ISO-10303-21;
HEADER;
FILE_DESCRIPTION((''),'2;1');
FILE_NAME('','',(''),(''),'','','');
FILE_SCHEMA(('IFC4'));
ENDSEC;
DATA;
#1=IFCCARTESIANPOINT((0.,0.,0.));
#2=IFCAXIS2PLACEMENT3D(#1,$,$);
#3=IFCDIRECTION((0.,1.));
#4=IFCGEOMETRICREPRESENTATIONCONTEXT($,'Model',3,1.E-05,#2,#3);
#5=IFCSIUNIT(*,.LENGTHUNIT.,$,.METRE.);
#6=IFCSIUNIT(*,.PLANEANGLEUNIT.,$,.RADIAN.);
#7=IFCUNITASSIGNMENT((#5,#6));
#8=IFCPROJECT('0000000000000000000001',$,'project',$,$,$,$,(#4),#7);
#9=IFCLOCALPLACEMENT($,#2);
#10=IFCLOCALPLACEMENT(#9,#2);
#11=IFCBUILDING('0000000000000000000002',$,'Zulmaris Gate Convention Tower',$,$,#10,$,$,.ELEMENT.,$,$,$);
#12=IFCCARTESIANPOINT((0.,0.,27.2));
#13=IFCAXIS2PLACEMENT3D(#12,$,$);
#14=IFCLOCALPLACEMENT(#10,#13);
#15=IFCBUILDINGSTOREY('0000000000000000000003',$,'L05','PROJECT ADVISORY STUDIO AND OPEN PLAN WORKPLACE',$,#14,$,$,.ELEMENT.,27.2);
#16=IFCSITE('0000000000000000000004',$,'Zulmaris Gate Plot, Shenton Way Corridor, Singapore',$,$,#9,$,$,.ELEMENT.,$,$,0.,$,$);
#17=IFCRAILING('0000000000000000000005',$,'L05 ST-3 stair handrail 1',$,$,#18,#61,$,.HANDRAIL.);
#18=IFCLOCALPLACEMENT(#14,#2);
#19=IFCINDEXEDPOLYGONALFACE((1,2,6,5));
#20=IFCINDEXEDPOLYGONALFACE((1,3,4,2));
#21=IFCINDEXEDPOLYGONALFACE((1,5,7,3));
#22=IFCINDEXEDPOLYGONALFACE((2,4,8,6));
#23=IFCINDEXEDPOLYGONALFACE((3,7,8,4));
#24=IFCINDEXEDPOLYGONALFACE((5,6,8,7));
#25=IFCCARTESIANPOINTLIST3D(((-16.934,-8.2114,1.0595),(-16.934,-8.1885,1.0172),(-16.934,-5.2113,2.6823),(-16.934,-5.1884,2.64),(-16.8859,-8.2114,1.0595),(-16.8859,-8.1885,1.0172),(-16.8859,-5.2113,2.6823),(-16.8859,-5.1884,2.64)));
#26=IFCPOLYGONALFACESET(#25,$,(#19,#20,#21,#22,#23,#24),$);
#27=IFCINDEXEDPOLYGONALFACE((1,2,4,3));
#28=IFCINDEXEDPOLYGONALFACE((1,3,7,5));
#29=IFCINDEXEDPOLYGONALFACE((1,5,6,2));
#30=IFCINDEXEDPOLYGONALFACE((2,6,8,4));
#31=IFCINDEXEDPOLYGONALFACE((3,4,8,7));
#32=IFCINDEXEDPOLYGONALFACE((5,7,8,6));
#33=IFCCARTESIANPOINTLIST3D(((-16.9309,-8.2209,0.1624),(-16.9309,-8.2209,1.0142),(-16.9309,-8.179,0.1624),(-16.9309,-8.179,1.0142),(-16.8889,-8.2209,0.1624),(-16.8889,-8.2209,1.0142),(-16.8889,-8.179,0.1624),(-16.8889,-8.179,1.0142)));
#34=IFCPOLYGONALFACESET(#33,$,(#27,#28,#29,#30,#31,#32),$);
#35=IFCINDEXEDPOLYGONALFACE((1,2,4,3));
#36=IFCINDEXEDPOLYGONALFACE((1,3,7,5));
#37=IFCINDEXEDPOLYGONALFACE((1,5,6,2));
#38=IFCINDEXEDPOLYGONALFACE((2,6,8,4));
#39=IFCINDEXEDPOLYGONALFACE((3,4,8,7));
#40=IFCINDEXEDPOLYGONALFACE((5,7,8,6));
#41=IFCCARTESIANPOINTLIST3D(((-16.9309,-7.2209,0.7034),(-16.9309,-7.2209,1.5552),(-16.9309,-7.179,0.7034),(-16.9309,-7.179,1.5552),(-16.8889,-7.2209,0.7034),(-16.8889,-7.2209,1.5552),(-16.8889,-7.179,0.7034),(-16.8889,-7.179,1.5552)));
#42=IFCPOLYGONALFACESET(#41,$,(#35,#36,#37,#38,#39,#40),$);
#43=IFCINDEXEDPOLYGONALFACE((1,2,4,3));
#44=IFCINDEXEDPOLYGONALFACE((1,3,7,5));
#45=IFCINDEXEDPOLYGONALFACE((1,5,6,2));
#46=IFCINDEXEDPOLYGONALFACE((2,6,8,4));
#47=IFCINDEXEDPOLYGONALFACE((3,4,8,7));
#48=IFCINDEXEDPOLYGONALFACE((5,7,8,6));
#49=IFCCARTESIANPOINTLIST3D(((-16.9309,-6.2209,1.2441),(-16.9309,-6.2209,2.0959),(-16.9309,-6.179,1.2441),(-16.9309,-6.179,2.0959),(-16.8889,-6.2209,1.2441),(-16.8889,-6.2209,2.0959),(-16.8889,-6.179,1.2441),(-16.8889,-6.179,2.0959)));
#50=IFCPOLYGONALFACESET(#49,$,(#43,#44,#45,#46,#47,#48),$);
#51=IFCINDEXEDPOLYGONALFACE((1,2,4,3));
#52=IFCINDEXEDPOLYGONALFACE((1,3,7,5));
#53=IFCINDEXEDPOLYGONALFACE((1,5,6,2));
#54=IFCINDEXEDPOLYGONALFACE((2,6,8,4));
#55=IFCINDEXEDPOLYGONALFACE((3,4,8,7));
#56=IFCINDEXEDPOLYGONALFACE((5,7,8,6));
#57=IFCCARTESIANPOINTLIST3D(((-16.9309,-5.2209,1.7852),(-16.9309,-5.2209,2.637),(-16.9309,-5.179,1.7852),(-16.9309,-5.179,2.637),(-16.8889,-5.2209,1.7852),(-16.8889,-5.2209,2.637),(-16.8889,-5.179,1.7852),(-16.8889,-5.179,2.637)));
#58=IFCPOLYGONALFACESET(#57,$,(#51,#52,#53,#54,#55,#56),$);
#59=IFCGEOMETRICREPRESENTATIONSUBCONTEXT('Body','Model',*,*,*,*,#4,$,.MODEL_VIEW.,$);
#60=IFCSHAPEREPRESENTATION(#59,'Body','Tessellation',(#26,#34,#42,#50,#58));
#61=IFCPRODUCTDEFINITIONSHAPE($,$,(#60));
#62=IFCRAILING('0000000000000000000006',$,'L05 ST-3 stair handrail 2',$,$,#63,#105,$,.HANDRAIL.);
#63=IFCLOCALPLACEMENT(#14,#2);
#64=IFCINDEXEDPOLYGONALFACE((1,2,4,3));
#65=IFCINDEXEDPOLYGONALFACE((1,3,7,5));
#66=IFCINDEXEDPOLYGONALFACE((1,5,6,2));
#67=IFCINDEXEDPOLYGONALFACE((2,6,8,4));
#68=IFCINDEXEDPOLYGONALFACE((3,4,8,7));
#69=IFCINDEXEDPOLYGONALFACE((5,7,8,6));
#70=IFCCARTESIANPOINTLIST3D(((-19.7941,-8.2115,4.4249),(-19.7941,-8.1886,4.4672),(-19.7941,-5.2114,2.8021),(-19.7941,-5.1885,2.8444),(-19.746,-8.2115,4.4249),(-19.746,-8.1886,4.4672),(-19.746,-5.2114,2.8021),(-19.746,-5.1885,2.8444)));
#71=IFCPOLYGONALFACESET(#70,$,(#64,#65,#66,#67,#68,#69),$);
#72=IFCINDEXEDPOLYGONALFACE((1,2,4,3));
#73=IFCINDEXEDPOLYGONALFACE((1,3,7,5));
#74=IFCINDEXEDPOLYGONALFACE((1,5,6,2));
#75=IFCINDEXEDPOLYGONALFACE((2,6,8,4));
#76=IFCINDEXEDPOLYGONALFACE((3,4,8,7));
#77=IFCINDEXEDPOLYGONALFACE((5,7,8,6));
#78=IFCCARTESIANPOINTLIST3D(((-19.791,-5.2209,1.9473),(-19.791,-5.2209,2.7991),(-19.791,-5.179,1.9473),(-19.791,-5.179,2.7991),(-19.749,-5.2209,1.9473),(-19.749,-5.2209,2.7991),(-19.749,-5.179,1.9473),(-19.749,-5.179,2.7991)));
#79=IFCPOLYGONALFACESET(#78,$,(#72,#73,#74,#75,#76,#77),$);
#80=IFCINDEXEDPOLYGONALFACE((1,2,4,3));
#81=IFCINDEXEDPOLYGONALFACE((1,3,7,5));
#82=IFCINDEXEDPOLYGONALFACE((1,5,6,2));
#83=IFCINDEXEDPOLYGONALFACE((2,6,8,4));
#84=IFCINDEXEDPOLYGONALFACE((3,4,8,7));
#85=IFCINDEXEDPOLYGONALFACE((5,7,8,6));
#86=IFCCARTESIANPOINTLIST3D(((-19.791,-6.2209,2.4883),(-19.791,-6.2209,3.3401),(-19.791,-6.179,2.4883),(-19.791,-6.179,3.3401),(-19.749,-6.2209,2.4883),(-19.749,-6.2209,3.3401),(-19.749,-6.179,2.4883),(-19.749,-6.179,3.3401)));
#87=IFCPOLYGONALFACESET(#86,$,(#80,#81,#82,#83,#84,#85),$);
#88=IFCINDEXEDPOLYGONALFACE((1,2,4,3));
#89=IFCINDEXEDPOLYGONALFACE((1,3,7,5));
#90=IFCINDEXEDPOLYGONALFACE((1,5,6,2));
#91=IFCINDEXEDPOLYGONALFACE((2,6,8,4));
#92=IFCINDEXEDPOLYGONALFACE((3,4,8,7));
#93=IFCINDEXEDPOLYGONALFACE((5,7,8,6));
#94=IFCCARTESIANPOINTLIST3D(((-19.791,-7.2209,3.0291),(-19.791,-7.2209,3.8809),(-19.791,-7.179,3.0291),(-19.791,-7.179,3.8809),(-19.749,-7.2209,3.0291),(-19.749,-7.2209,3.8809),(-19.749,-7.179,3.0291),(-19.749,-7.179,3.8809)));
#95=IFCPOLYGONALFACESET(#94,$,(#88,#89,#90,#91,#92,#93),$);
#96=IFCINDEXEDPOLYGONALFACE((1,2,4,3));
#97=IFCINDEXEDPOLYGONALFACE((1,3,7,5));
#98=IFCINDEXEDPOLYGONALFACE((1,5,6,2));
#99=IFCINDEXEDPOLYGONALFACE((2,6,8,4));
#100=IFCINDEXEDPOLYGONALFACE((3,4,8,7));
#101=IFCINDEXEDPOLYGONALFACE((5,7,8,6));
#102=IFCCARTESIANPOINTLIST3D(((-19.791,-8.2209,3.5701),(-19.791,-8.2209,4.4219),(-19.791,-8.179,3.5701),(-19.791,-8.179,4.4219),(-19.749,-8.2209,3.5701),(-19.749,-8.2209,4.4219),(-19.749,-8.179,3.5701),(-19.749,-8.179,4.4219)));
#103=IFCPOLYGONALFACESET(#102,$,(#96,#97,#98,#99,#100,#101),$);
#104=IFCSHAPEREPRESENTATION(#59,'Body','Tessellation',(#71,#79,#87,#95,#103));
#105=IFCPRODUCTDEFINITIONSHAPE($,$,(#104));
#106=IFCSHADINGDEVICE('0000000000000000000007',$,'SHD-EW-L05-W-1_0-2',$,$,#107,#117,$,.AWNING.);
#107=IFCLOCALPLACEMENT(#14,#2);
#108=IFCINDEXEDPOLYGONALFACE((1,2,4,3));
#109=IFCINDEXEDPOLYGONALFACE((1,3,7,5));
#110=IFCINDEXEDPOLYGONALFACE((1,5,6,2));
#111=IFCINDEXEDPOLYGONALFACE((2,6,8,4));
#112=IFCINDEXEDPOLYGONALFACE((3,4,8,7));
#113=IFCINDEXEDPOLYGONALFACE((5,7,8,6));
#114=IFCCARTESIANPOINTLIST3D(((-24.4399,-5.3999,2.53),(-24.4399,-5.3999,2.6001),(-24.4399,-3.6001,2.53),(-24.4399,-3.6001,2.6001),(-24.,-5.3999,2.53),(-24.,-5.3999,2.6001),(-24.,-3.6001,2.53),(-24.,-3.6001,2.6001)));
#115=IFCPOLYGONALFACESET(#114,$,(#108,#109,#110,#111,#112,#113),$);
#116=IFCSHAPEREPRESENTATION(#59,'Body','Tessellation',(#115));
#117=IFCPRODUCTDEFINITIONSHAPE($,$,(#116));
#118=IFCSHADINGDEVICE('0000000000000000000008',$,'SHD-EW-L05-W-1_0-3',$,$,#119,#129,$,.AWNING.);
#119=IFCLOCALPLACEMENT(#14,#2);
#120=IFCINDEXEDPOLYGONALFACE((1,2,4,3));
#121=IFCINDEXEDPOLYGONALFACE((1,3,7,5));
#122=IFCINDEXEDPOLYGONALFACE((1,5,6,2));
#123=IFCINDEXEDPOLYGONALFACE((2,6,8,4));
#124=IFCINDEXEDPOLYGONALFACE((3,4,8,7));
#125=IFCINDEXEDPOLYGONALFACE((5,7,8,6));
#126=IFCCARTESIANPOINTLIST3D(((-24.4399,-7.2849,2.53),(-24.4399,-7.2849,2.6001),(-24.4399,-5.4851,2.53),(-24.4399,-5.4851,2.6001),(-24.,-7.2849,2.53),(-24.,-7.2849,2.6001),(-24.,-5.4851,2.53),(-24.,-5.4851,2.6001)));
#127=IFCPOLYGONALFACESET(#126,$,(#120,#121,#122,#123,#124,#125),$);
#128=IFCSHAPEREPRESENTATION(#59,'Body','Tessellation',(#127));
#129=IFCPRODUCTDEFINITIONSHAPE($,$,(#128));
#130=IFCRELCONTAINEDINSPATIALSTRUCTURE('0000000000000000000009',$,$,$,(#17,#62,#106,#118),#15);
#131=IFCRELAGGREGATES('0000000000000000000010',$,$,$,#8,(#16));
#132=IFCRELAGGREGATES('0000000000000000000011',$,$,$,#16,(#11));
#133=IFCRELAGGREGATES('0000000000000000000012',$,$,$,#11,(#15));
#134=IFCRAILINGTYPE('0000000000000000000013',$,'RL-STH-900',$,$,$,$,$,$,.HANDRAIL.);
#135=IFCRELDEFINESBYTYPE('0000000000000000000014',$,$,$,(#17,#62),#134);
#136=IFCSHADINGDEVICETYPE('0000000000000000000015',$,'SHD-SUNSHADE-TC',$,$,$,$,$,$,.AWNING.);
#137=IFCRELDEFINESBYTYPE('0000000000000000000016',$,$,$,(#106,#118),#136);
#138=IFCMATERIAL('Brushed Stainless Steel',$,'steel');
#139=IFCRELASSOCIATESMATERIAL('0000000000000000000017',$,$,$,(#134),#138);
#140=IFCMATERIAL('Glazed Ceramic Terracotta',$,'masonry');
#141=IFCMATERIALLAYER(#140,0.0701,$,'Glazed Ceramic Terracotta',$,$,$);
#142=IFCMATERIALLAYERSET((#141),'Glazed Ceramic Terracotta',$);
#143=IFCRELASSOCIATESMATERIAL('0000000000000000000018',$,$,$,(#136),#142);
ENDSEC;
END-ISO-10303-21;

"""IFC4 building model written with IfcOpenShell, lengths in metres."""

from ifc_helpers import new_model, si_unit, direction, frame, frame_2d, origin, origin_2d, place, context, subcontext, project, spatial, rectangle, extrude, material, layer, layer_set, type_object, element, save


model = new_model("IFC4")

# Units and contexts
model_context = context("Model", 3, precision=1e-05, world=origin(), true_north=direction((0.0, 1.0)))
body_context = subcontext(model_context, "Body", "Model", "MODEL_VIEW")
ifc_project = project(units=[si_unit("LENGTHUNIT", "METRE"), si_unit("PLANEANGLEUNIT", "RADIAN")], contexts=[model_context])

# Site, building, storey
site_placement = place(None, origin())
site = spatial("IfcSite", under=ifc_project, at=site_placement, Name="Zulmaris Gate Plot, Shenton Way Corridor, Singapore", CompositionType="ELEMENT", RefElevation=0.0)
building_placement = place(site_placement, origin())
building = spatial("IfcBuilding", under=site, at=building_placement, Name="Zulmaris Gate Convention Tower", CompositionType="ELEMENT")
storey_placement = place(building_placement, frame((0.0, 0.0, 27.2)))
storey = spatial("IfcBuildingStorey", under=building, at=storey_placement, Name="L05", Description="PROJECT ADVISORY STUDIO AND OPEN PLAN WORKPLACE", CompositionType="ELEMENT", Elevation=27.2)

# Shared definitions
ifc_material_1 = material(Name="Brushed Stainless Steel", Category="steel")

# Railings
railing_type_1 = type_object("IfcRailingType", Name="RL-STH-900", PredefinedType="HANDRAIL", material=ifc_material_1)
railing_1_placement = place(storey_placement, frame((-16.9099, -8.2, 0.1624)))
element("IfcRailing", 1, at=railing_1_placement, inside=storey, type_object=railing_type_1, Name="L05 ST-3 stair handrail 1", PredefinedType="HANDRAIL", context=body_context, shape_type="SweptSolid", body=[
    extrude(rectangle(XDim=0.0481, YDim=0.0481, at=origin_2d()), frame((0.0, 0.0, 0.876), z_axis=(0.0, 0.879562, 0.475785), x_axis=(-1.0, 0.0, 0.0)), (0.0, 0.0, 1.0), 3.4109),
    extrude(rectangle(XDim=0.042, YDim=0.042, at=origin_2d()), origin(), (0.0, 0.0, 1.0), 0.8518),
    extrude(rectangle(XDim=0.042, YDim=0.042, at=origin_2d()), frame((0.0, 1.0, 0.541)), (0.0, 0.0, 1.0), 0.8518),
    extrude(rectangle(XDim=0.042, YDim=0.042, at=origin_2d()), frame((0.0, 2.0, 1.0818)), (0.0, 0.0, 1.0), 0.8518),
    extrude(rectangle(XDim=0.042, YDim=0.042, at=origin_2d()), frame((0.0, 3.0, 1.6228)), (0.0, 0.0, 1.0), 0.8518),
])
railing_2_placement = place(storey_placement, frame((-19.77, -5.2, 1.9473)))
element("IfcRailing", 2, at=railing_2_placement, inside=storey, type_object=railing_type_1, Name="L05 ST-3 stair handrail 2", PredefinedType="HANDRAIL", context=body_context, shape_type="SweptSolid", body=[
    extrude(rectangle(XDim=0.0481, YDim=0.0481, at=origin_2d()), frame((0.0, 0.0, 0.876), z_axis=(0.0, -0.879562, 0.475785), x_axis=(1.0, 0.0, 0.0)), (0.0, 0.0, 1.0), 3.4109),
    extrude(rectangle(XDim=0.042, YDim=0.042, at=origin_2d()), origin(), (0.0, 0.0, 1.0), 0.8518),
    extrude(rectangle(XDim=0.042, YDim=0.042, at=origin_2d()), frame((0.0, -1.0, 0.541)), (0.0, 0.0, 1.0), 0.8518),
    extrude(rectangle(XDim=0.042, YDim=0.042, at=origin_2d()), frame((0.0, -2.0, 1.0818)), (0.0, 0.0, 1.0), 0.8518),
    extrude(rectangle(XDim=0.042, YDim=0.042, at=origin_2d()), frame((0.0, -3.0, 1.6228)), (0.0, 0.0, 1.0), 0.8518),
])

# Shading devices
ifc_material_2 = material(Name="Glazed Ceramic Terracotta", Category="masonry")
ifc_layer_1 = layer(ifc_material_2, 0.0701, Name="Glazed Ceramic Terracotta")
ifc_layer_set_1 = layer_set([ifc_layer_1], Name="Glazed Ceramic Terracotta")
shading_device_type = type_object("IfcShadingDeviceType", Name="SHD-SUNSHADE-TC", PredefinedType="AWNING", material=ifc_layer_set_1)
for number, where, z_axis, x_axis, name in (
    (3, (-24.22, -3.6001, 2.53), (0.0, 0.0, 1.0), (0.0, -1.0, 0.0), "SHD-EW-L05-W-1_0-2"),
    (4, (-24.22, -5.4851, 2.53), (0.0, 0.0, 1.0), (0.0, -1.0, 0.0), "SHD-EW-L05-W-1_0-3"),
):
    element("IfcShadingDevice", number, at=place(storey_placement, frame(where, z_axis=z_axis, x_axis=x_axis)), inside=storey, type_object=shading_device_type, Name=name, PredefinedType="AWNING", context=body_context, shape_type="SweptSolid", body=[
        extrude(rectangle(XDim=1.7998, YDim=0.4399, at=frame_2d((0.8999, 0.0))), origin(), (0.0, 0.0, 1.0), 0.0701),
    ])

save(model, "model.ifc")
